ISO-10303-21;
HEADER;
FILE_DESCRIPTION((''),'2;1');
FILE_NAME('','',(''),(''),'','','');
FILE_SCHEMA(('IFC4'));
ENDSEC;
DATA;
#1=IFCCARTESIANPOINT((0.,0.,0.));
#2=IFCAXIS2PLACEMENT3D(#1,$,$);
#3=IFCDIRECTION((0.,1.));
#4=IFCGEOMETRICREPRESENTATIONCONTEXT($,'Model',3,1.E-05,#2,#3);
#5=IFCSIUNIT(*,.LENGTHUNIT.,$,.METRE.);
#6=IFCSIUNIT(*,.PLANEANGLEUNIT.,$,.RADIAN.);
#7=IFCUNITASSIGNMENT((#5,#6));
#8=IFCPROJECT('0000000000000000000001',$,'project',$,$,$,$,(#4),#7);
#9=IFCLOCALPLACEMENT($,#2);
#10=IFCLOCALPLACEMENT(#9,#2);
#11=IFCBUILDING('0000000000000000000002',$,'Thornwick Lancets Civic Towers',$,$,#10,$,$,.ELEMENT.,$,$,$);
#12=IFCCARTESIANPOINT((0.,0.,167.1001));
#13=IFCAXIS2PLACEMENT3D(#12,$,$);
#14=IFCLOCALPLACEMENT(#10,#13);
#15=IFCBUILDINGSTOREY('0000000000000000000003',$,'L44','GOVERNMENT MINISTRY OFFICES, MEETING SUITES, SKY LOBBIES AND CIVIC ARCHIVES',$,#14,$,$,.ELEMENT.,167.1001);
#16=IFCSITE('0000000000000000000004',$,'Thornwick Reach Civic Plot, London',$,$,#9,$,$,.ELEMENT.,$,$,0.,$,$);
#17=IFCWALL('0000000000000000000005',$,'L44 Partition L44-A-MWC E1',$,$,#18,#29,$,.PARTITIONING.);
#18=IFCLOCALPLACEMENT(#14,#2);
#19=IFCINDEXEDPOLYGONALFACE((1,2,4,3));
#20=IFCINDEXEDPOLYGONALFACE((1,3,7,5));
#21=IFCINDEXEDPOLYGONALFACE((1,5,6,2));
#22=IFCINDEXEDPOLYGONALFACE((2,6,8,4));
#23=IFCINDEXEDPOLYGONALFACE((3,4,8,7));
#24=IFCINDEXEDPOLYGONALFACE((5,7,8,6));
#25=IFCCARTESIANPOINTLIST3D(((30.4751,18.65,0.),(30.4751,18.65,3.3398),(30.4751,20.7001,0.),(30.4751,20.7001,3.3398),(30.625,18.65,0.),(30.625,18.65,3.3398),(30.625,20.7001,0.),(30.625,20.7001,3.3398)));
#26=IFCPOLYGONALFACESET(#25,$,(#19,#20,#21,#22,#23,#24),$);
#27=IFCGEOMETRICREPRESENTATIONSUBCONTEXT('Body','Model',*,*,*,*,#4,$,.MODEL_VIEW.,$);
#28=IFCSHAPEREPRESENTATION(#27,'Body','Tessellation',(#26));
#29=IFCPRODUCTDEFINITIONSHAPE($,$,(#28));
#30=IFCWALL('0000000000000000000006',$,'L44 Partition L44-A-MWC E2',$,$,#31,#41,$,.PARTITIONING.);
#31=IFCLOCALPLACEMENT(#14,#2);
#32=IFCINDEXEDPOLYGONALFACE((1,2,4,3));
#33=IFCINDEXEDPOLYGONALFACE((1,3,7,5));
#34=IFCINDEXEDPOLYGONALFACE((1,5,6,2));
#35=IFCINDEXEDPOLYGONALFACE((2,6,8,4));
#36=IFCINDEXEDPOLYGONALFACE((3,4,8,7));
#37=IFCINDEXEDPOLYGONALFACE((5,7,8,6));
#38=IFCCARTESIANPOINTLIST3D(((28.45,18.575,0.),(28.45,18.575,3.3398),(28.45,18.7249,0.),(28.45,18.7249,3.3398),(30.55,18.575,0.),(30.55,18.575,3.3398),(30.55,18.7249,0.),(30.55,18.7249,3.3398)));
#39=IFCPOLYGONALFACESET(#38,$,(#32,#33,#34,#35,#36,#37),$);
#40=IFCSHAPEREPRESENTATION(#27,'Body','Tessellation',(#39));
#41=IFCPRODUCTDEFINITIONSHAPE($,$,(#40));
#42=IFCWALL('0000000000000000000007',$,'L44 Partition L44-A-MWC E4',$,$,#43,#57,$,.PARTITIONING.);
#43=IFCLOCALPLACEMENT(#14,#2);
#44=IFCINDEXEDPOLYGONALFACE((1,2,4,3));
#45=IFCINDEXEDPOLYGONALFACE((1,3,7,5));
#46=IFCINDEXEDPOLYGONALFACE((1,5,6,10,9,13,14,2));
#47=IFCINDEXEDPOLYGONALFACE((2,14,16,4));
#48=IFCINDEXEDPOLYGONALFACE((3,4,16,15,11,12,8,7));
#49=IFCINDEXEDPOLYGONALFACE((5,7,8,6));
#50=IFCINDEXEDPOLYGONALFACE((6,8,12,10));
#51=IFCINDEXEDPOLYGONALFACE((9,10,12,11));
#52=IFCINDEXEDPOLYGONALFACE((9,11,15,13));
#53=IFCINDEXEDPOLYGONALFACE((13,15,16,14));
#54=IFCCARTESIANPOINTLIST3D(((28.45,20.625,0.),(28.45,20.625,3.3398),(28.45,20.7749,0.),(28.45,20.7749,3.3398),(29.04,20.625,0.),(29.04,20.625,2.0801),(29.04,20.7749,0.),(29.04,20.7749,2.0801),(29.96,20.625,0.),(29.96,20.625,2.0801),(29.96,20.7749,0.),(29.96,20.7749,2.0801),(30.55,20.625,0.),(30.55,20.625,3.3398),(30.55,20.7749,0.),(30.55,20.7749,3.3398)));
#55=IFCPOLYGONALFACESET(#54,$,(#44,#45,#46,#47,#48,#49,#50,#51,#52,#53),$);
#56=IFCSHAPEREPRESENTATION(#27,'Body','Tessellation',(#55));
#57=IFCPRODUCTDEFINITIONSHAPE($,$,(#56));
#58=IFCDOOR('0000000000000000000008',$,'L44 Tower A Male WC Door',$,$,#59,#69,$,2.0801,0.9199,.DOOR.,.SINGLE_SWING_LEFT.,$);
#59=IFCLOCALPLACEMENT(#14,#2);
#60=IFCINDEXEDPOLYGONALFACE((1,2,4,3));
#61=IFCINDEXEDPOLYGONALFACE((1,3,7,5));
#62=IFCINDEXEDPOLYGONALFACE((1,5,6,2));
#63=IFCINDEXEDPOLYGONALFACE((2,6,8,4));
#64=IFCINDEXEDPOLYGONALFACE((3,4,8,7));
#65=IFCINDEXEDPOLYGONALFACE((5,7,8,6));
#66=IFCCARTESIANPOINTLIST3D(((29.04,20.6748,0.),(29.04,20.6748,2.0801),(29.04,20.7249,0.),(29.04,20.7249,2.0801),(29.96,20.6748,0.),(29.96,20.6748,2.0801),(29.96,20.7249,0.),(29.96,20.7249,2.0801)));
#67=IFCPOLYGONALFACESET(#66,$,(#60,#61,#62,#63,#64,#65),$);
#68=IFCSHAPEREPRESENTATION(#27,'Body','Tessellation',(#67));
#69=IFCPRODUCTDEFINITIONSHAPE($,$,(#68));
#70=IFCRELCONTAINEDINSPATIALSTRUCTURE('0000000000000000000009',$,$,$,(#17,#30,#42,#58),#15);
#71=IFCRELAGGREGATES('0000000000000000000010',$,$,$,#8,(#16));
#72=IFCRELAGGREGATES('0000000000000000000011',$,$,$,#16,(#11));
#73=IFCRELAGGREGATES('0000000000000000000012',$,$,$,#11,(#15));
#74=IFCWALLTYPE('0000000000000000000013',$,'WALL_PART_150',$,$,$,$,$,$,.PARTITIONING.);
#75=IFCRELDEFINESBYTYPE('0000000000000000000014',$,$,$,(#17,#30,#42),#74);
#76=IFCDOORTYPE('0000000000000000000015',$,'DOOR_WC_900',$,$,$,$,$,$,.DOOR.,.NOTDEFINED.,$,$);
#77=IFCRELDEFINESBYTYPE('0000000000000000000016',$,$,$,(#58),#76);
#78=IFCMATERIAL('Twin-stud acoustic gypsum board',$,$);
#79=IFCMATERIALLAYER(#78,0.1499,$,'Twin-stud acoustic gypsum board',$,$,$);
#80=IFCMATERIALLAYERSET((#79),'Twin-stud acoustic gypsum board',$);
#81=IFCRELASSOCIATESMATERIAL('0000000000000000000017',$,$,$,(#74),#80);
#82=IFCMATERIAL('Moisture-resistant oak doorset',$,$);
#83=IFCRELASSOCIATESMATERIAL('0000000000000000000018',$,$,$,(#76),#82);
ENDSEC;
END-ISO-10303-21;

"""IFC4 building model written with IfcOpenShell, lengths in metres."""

from ifc_helpers import new_model, si_unit, direction, frame, frame_2d, origin, place, context, subcontext, project, spatial, rectangle, extrude, material, layer, layer_set, type_object, element, fill, save


model = new_model("IFC4")

# Units and contexts
model_context = context("Model", 3, precision=1e-05, world=origin(), true_north=direction((0.0, 1.0)))
body_context = subcontext(model_context, "Body", "Model", "MODEL_VIEW")
ifc_project = project(units=[si_unit("LENGTHUNIT", "METRE"), si_unit("PLANEANGLEUNIT", "RADIAN")], contexts=[model_context])

# Site, building, storey
site_placement = place(None, origin())
site = spatial("IfcSite", under=ifc_project, at=site_placement, Name="Thornwick Reach Civic Plot, London", CompositionType="ELEMENT", RefElevation=0.0)
building_placement = place(site_placement, origin())
building = spatial("IfcBuilding", under=site, at=building_placement, Name="Thornwick Lancets Civic Towers", CompositionType="ELEMENT")
storey_placement = place(building_placement, frame((0.0, 0.0, 167.1001)))
storey = spatial("IfcBuildingStorey", under=building, at=storey_placement, Name="L44", Description="GOVERNMENT MINISTRY OFFICES, MEETING SUITES, SKY LOBBIES AND CIVIC ARCHIVES", CompositionType="ELEMENT", Elevation=167.1001)

# Walls
ifc_material_1 = material(Name="Twin-stud acoustic gypsum board")
ifc_layer_1 = layer(ifc_material_1, 0.1499, Name="Twin-stud acoustic gypsum board")
ifc_layer_set_1 = layer_set([ifc_layer_1], Name="Twin-stud acoustic gypsum board")
wall_type_1 = type_object("IfcWallType", Name="WALL_PART_150", PredefinedType="PARTITIONING", material=ifc_layer_set_1)
wall_1_placement = place(storey_placement, frame((30.55, 20.7, 0.0), z_axis=(0.0, 0.0, 1.0), x_axis=(0.0, -1.0, 0.0)))
element("IfcWall", 1, at=wall_1_placement, inside=storey, type_object=wall_type_1, Name="L44 Partition L44-A-MWC E1", PredefinedType="PARTITIONING", context=body_context, shape_type="SweptSolid", body=[
    extrude(rectangle(XDim=2.05, YDim=0.1499, at=frame_2d((1.0249, 0.0))), origin(), (0.0, 0.0, 1.0), 3.3398),
])
wall_2_placement = place(storey_placement, frame((30.55, 18.6499, 0.0), z_axis=(0.0, 0.0, 1.0), x_axis=(-1.0, 0.0, 0.0)))
element("IfcWall", 2, at=wall_2_placement, inside=storey, type_object=wall_type_1, Name="L44 Partition L44-A-MWC E2", PredefinedType="PARTITIONING", context=body_context, shape_type="SweptSolid", body=[
    extrude(rectangle(XDim=2.1001, YDim=0.1499, at=frame_2d((1.05, 0.0))), origin(), (0.0, 0.0, 1.0), 3.3398),
])

# Wall, opening, door
wall_3_placement = place(storey_placement, frame((28.45, 20.7, 0.0), z_axis=(0.0, 0.0, 1.0), x_axis=(1.0, 0.0, 0.0)))
wall_3 = element("IfcWall", 3, at=wall_3_placement, inside=storey, type_object=wall_type_1, Name="L44 Partition L44-A-MWC E4", PredefinedType="PARTITIONING", context=body_context, shape_type="SweptSolid", body=[
    extrude(rectangle(XDim=2.1001, YDim=0.1499, at=frame_2d((1.05, 0.0))), origin(), (0.0, 0.0, 1.0), 3.3398),
])
opening_1_placement = place(wall_3_placement, frame((0.5901, 0.0, 0.0)))
opening_1 = element("IfcOpeningElement", 4, at=opening_1_placement, cuts=wall_3, PredefinedType="OPENING", context=body_context, shape_type="SweptSolid", body=[
    extrude(rectangle(XDim=0.9199, YDim=2.0801, at=frame_2d((0.46, 1.04))), frame((0.0, 0.085, 0.0), z_axis=(0.0, -1.0, 0.0), x_axis=(1.0, 0.0, 0.0)), (0.0, 0.0, 1.0), 0.1699),
])
ifc_material_2 = material(Name="Moisture-resistant oak doorset")
door_type_1 = type_object("IfcDoorType", Name="DOOR_WC_900", OperationType="NOTDEFINED", PredefinedType="DOOR", material=ifc_material_2)
door_1_placement = place(opening_1_placement, origin())
door_1 = element("IfcDoor", 5, at=door_1_placement, inside=storey, type_object=door_type_1, Name="L44 Tower A Male WC Door", OperationType="SINGLE_SWING_LEFT", OverallHeight=2.0801, OverallWidth=0.9199, PredefinedType="DOOR", context=body_context, shape_type="SweptSolid", body=[
    extrude(rectangle(XDim=0.9199, YDim=2.0801, at=frame_2d((0.46, 1.04))), frame((0.0, 0.0249, 0.0), z_axis=(0.0, -1.0, 0.0), x_axis=(1.0, 0.0, 0.0)), (0.0, 0.0, 1.0), 0.05),
])
fill(opening_1, door_1)

save(model, "model.ifc")
